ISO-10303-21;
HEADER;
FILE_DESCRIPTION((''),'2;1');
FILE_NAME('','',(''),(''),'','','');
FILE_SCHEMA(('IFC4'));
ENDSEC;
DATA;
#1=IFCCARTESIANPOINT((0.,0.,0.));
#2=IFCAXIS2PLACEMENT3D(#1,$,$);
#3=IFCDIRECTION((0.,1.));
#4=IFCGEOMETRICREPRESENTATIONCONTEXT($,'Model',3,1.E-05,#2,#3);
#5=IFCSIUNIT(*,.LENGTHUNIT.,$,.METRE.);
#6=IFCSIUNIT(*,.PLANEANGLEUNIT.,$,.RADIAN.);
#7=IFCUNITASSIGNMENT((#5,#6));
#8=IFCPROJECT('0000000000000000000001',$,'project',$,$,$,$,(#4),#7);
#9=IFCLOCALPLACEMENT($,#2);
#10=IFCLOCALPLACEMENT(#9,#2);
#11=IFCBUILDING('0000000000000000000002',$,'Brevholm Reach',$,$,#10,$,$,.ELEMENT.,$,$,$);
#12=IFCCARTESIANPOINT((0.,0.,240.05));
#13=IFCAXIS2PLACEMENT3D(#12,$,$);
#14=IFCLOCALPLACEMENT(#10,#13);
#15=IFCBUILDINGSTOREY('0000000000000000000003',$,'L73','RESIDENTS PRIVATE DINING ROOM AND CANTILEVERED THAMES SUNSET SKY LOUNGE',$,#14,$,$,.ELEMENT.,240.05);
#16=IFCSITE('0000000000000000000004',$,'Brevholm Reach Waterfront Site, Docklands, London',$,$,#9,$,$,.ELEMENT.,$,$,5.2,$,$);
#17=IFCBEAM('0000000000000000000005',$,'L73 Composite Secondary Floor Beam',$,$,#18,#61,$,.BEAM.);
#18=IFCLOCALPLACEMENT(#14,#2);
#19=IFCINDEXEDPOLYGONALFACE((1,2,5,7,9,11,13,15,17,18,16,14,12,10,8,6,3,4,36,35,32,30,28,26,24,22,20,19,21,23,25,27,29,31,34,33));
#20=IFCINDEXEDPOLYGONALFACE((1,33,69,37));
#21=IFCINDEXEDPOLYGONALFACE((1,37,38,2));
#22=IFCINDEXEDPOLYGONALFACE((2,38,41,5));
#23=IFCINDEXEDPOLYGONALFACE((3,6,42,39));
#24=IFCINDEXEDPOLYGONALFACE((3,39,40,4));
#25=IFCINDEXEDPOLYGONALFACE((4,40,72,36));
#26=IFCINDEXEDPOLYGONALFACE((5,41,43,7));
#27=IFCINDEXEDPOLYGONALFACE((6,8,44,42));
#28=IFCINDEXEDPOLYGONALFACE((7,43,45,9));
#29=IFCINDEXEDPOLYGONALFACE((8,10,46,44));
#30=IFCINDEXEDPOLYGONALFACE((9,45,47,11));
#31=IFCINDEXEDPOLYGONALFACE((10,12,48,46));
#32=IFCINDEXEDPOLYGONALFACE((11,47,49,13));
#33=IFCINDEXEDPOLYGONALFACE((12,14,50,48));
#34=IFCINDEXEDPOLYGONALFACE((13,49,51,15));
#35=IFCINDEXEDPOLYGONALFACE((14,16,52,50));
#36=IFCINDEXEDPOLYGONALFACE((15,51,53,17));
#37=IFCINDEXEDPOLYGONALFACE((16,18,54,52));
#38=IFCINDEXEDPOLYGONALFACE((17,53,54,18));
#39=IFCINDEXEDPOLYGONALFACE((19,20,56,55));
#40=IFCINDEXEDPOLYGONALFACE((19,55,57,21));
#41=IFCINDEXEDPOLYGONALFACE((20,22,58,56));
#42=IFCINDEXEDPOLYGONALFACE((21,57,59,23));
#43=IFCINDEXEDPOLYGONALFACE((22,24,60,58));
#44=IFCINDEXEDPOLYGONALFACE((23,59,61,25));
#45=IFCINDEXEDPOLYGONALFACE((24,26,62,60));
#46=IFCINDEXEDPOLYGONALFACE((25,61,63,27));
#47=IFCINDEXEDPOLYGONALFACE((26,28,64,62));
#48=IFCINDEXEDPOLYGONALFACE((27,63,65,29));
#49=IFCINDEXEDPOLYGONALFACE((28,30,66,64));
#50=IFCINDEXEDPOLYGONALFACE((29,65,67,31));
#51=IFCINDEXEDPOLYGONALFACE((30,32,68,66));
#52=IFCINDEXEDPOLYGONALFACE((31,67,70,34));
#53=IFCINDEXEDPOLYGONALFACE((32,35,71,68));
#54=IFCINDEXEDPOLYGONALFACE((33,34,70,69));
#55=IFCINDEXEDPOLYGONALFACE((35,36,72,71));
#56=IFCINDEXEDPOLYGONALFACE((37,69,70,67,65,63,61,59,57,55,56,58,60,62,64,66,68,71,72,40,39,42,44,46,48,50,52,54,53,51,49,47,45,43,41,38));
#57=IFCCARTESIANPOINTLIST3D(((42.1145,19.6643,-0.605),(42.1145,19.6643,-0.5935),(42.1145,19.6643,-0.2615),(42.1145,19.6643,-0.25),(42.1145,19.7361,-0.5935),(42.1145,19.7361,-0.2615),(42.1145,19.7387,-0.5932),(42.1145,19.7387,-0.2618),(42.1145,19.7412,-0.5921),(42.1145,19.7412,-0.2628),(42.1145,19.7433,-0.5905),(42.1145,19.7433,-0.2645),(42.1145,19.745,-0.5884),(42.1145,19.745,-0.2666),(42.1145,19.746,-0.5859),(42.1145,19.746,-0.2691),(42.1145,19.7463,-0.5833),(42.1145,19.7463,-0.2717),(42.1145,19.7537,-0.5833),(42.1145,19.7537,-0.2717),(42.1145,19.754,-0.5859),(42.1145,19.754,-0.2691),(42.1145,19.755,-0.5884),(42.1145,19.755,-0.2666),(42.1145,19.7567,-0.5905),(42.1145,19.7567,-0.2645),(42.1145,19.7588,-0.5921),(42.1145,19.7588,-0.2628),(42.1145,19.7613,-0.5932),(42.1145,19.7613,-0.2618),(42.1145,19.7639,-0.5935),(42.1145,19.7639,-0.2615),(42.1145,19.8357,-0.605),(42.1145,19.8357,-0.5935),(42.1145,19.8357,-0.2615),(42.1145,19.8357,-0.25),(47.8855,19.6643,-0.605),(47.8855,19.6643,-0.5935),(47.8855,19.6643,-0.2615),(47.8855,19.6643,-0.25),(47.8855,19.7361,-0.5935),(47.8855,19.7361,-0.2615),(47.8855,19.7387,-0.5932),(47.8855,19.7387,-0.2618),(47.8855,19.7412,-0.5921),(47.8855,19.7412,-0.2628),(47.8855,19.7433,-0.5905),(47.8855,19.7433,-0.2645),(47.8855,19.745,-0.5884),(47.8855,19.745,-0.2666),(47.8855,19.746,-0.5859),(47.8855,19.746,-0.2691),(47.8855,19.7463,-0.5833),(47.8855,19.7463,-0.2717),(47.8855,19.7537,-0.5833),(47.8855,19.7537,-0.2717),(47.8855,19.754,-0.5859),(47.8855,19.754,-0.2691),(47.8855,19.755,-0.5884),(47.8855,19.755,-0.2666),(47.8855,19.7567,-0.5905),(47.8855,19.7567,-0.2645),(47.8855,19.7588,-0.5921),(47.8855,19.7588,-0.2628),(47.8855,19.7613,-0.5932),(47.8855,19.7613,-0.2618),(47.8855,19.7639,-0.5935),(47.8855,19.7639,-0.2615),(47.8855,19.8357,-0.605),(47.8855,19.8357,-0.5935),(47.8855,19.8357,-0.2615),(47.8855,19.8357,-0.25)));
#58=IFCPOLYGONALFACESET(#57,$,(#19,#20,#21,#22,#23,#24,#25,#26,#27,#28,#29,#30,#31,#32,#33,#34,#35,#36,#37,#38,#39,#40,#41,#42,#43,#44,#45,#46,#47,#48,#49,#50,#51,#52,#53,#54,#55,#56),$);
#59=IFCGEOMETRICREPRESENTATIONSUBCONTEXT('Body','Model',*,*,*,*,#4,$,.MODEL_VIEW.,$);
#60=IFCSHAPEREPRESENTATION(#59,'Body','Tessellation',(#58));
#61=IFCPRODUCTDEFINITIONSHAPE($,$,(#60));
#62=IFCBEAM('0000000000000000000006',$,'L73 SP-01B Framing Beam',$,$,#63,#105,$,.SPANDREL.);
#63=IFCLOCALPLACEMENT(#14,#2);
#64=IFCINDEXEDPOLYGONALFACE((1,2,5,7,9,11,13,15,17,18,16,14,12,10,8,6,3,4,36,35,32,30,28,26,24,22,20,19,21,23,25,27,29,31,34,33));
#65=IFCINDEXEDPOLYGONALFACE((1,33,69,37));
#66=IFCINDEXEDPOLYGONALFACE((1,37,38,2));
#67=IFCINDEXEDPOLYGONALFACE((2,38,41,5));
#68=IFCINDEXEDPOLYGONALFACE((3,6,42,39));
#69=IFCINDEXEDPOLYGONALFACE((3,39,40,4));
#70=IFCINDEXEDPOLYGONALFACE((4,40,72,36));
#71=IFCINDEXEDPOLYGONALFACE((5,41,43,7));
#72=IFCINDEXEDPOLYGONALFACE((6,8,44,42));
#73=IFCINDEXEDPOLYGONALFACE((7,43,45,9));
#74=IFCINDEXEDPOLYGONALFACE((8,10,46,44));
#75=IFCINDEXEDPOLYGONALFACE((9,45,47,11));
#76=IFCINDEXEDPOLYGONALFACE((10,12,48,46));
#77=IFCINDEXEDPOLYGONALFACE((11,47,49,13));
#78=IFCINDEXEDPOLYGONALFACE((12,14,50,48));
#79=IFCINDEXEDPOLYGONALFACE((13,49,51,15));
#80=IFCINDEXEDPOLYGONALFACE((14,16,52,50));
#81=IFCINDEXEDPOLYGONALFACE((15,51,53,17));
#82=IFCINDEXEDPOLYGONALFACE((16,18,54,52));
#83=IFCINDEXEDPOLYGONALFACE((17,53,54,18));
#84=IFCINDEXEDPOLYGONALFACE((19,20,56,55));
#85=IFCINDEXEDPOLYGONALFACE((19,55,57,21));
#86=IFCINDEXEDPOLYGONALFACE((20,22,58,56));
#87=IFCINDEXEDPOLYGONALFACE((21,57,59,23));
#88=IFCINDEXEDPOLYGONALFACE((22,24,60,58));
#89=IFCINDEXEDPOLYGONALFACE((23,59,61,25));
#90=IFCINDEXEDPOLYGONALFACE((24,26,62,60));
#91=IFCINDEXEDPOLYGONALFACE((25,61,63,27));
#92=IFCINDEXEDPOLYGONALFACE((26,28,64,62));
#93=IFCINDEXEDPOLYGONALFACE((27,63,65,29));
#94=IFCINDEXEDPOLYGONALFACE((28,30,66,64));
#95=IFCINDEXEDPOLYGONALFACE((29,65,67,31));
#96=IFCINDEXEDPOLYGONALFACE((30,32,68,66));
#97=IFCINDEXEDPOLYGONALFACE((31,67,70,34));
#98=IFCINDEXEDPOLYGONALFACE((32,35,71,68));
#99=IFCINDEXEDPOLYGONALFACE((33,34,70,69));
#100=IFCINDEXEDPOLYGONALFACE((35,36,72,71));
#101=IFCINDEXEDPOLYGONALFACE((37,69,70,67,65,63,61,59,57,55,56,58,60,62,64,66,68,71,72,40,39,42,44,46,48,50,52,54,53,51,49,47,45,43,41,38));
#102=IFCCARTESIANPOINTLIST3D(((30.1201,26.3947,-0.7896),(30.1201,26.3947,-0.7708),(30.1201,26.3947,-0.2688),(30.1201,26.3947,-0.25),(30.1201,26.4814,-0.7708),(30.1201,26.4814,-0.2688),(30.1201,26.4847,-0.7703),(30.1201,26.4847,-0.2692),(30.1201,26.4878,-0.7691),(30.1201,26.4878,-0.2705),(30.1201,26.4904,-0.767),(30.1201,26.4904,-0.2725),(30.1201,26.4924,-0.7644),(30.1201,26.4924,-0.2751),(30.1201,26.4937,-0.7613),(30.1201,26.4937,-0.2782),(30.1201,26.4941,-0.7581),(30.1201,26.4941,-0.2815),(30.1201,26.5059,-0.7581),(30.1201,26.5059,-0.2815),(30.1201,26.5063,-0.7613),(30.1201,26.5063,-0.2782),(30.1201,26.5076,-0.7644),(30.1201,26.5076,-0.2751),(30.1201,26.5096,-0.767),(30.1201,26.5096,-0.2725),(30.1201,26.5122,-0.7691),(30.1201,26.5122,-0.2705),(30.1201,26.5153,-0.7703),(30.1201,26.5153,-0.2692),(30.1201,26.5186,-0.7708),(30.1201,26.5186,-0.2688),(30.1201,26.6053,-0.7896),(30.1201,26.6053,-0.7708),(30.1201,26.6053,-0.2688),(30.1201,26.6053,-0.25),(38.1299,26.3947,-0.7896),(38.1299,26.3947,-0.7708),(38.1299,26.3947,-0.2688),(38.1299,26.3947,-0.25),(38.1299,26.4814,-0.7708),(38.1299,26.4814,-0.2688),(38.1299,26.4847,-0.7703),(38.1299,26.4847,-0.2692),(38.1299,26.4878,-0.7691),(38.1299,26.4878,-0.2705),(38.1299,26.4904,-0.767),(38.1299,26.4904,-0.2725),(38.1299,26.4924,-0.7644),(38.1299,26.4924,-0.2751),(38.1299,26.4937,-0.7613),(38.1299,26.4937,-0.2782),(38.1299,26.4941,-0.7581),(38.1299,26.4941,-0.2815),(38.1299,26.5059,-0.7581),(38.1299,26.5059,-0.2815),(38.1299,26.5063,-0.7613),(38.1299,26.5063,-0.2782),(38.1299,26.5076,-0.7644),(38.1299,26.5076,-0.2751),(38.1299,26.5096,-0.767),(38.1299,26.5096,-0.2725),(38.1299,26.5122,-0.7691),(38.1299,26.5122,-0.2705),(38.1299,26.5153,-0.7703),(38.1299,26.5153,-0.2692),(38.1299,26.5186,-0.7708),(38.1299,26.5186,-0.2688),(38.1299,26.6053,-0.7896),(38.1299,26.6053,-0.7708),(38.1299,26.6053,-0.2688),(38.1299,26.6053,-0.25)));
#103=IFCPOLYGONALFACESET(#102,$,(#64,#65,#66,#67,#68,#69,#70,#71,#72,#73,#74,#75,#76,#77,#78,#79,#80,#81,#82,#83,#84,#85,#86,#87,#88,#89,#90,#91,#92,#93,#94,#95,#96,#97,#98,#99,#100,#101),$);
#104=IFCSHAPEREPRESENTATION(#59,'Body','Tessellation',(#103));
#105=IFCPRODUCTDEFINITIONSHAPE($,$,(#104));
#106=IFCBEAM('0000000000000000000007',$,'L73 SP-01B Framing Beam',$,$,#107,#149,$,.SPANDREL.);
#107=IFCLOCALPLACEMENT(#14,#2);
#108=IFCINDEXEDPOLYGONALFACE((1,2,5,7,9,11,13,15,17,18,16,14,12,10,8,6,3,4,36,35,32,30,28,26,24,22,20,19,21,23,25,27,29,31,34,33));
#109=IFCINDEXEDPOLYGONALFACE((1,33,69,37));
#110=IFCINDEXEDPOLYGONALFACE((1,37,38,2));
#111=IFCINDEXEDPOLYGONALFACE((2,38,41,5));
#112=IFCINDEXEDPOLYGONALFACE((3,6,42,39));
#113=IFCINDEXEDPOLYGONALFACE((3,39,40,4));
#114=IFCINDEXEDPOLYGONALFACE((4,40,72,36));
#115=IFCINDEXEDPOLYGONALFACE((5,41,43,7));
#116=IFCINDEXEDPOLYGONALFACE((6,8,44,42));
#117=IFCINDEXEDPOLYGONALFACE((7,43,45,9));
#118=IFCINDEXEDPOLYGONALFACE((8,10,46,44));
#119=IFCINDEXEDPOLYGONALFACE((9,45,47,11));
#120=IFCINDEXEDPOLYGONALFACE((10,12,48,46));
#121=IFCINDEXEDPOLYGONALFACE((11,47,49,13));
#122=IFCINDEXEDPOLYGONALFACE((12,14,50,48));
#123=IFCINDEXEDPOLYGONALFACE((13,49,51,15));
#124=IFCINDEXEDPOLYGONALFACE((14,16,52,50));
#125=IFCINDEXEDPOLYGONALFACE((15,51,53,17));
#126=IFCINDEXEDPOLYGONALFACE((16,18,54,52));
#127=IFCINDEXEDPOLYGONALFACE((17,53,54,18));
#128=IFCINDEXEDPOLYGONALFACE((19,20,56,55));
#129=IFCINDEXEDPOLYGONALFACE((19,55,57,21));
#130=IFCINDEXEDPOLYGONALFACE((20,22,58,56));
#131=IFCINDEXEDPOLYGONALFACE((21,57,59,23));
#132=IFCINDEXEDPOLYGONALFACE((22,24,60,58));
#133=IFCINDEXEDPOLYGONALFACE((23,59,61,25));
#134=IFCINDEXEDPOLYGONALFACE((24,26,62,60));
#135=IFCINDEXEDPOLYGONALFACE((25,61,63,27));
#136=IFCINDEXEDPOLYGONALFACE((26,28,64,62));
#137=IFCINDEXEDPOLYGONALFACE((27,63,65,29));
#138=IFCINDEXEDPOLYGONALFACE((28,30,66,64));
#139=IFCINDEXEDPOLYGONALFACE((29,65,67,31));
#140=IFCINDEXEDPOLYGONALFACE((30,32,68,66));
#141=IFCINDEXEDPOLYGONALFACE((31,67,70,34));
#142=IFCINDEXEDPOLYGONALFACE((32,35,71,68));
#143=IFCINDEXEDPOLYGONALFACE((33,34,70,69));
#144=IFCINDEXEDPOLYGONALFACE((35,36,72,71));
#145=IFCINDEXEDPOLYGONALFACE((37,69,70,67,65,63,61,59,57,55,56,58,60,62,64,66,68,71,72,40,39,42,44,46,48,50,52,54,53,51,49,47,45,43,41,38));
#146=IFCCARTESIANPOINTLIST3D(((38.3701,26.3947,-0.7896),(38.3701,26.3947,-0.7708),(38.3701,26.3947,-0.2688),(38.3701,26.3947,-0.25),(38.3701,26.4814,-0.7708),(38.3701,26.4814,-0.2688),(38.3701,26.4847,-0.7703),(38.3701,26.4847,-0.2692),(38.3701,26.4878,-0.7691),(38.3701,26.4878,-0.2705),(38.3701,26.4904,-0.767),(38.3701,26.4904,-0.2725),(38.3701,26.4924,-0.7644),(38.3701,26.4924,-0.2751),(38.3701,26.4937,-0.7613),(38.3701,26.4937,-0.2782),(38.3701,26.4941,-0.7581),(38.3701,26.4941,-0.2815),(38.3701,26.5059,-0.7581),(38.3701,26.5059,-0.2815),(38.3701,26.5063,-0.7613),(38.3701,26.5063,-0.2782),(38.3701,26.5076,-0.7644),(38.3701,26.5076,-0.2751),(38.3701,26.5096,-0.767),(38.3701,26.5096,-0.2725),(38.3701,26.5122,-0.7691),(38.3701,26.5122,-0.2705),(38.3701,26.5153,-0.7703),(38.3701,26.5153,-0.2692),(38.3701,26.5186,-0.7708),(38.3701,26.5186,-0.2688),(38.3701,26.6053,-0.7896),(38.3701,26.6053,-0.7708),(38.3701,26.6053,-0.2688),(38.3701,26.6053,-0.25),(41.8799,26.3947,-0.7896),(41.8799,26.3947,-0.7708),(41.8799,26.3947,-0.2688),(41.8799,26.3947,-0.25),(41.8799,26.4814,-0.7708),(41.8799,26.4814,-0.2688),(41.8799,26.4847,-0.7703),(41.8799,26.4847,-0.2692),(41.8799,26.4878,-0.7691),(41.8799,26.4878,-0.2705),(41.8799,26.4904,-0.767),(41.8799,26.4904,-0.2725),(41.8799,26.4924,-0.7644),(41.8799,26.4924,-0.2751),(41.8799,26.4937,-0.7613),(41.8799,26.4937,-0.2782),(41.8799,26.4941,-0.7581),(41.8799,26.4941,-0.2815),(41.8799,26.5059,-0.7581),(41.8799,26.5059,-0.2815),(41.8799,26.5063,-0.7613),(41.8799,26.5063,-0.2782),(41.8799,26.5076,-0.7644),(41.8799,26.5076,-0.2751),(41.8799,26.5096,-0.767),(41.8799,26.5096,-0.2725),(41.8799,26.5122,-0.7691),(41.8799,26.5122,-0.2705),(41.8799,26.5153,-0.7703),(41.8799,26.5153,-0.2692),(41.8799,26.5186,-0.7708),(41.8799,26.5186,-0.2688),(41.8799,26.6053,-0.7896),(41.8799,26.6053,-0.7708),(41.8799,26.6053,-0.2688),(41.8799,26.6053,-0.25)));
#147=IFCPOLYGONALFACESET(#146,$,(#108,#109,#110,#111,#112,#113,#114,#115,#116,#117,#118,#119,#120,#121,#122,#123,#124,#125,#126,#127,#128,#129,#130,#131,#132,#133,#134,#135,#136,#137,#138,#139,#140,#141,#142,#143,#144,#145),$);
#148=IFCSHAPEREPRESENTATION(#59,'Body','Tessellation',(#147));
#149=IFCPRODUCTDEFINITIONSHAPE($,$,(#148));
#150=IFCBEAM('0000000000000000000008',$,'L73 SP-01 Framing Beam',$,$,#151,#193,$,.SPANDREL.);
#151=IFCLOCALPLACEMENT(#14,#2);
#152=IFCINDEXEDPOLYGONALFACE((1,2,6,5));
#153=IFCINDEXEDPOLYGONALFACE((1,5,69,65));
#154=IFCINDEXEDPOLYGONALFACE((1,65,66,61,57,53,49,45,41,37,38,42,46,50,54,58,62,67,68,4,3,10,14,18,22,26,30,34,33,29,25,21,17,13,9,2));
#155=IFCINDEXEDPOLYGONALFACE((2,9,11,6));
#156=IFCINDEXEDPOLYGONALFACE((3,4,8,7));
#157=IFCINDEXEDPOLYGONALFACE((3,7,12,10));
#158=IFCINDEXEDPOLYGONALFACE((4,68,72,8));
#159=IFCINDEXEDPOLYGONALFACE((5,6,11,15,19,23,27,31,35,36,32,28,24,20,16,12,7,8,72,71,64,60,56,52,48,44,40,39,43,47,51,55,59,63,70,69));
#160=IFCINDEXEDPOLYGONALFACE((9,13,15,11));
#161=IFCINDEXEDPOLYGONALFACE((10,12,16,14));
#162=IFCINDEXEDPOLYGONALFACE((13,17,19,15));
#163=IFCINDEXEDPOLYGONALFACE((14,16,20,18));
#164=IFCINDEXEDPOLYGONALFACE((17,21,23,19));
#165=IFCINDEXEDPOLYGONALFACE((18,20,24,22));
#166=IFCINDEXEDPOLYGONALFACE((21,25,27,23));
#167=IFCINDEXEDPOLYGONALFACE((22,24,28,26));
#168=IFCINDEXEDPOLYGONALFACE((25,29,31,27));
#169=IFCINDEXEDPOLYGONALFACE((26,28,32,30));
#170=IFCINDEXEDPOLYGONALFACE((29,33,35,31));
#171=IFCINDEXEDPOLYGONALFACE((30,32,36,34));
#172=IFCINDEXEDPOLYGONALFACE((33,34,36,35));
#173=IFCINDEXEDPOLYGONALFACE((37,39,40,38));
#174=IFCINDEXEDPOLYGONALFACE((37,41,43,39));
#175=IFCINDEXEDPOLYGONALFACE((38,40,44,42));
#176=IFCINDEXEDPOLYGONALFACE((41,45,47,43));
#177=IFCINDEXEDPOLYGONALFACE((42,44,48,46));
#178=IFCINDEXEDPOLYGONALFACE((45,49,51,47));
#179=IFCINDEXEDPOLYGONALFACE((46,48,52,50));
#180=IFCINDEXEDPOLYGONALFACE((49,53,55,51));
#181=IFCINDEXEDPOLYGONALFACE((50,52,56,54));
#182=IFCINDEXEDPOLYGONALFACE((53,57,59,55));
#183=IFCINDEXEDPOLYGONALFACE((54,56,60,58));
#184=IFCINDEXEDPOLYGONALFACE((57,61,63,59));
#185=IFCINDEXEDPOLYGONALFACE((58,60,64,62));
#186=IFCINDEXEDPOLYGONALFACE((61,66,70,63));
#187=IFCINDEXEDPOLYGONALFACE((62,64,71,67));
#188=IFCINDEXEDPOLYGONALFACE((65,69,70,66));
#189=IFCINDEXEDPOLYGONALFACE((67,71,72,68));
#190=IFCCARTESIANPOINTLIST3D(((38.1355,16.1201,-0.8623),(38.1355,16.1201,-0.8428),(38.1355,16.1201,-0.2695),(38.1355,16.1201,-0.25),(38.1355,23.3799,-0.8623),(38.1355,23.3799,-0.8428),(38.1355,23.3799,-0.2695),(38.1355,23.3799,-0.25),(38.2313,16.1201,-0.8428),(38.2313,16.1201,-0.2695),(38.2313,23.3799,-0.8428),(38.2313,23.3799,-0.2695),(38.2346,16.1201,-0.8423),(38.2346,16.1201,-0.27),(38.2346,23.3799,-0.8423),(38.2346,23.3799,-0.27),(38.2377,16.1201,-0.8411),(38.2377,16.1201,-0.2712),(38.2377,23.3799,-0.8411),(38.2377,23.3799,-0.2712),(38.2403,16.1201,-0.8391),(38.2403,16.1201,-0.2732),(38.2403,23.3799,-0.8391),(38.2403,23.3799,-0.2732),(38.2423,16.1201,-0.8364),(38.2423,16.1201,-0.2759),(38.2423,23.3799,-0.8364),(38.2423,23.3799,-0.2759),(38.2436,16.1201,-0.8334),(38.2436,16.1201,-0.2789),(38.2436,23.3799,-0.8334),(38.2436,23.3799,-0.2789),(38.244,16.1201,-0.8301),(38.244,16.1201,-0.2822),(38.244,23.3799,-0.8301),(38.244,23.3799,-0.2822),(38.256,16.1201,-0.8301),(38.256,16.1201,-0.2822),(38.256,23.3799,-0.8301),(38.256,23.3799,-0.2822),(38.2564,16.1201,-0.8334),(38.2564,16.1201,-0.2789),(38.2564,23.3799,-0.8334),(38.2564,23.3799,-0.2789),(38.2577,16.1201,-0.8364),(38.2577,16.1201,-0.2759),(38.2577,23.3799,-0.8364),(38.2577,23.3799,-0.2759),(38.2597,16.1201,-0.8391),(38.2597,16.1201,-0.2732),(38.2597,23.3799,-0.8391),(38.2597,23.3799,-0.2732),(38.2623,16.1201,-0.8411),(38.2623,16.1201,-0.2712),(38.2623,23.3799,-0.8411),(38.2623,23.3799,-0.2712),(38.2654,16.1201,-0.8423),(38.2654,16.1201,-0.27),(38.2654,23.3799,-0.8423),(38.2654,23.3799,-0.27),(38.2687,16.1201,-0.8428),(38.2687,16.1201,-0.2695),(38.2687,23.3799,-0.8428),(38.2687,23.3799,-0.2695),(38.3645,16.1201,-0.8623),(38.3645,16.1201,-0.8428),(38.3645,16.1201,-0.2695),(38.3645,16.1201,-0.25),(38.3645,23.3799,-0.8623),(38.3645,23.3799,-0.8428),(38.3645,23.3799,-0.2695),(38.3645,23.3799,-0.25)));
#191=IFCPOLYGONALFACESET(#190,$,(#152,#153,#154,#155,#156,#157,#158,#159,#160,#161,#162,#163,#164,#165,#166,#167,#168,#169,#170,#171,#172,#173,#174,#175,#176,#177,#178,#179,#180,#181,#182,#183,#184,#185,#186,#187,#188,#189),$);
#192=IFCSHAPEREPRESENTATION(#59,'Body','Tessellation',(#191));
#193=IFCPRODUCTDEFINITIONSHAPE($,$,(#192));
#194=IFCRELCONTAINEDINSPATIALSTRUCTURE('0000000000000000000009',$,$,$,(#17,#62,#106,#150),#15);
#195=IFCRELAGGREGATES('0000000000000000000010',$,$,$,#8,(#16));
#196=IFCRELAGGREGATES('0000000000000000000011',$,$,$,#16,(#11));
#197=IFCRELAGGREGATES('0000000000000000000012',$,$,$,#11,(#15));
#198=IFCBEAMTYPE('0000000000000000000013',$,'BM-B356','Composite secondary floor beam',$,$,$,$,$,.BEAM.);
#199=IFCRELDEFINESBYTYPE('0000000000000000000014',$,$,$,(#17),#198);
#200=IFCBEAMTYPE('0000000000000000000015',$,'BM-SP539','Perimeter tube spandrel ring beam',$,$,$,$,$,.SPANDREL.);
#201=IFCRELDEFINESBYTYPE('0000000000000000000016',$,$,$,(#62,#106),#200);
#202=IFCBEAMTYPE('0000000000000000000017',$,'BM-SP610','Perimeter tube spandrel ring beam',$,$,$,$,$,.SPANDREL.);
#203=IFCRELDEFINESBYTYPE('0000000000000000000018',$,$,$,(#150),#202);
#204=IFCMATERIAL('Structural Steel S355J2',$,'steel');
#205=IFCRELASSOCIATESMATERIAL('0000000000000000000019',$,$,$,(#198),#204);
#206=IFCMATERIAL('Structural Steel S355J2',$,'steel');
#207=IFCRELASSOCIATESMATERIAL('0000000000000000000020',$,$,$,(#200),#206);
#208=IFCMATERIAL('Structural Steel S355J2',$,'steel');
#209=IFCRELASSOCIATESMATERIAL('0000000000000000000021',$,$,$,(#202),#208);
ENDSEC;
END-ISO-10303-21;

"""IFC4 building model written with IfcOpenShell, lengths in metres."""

from ifc_helpers import new_model, si_unit, direction, frame, origin, origin_2d, place, context, subcontext, project, spatial, i_section, extrude, material, material_profile, profile_set, type_object, element, save


model = new_model("IFC4")

# Units and contexts
model_context = context("Model", 3, precision=1e-05, world=origin(), true_north=direction((0.0, 1.0)))
body_context = subcontext(model_context, "Body", "Model", "MODEL_VIEW")
ifc_project = project(units=[si_unit("LENGTHUNIT", "METRE"), si_unit("PLANEANGLEUNIT", "RADIAN")], contexts=[model_context])

# Site, building, storey
site_placement = place(None, origin())
site = spatial("IfcSite", under=ifc_project, at=site_placement, Name="Brevholm Reach Waterfront Site, Docklands, London", CompositionType="ELEMENT", RefElevation=5.2)
building_placement = place(site_placement, origin())
building = spatial("IfcBuilding", under=site, at=building_placement, Name="Brevholm Reach", CompositionType="ELEMENT")
storey_placement = place(building_placement, frame((0.0, 0.0, 240.05)))
storey = spatial("IfcBuildingStorey", under=building, at=storey_placement, Name="L73", Description="RESIDENTS PRIVATE DINING ROOM AND CANTILEVERED THAMES SUNSET SKY LOUNGE", CompositionType="ELEMENT", Elevation=240.05)

# Beams
ifc_material_1 = material(Name="Structural Steel S355J2", Category="steel")
ifc_material_profile_1 = material_profile(ifc_material_1, i_section(OverallWidth=0.1714, OverallDepth=0.355, WebThickness=0.0073, FlangeThickness=0.0115, FilletRadius=0.0103, at=origin_2d()), Name="UKB 356x171x51")
ifc_profile_set_1 = profile_set([ifc_material_profile_1], Name="Structural Steel S355J2")
beam_type_1 = type_object("IfcBeamType", Name="BM-B356", Description="Composite secondary floor beam", PredefinedType="BEAM", material=ifc_profile_set_1)
beam_1_placement = place(storey_placement, frame((42.1145, 19.75, -0.4275), z_axis=(1.0, 0.0, 0.0), x_axis=(0.0, 1.0, 0.0)))
element("IfcBeam", 1, at=beam_1_placement, inside=storey, type_object=beam_type_1, Name="L73 Composite Secondary Floor Beam", PredefinedType="BEAM", context=body_context, shape_type="SweptSolid", body=[
    extrude(i_section(OverallWidth=0.1714, OverallDepth=0.355, WebThickness=0.0073, FlangeThickness=0.0115, FilletRadius=0.0103, at=origin_2d()), origin(), (0.0, 0.0, 1.0), 5.771),
])
ifc_material_2 = material(Name="Structural Steel S355J2", Category="steel")
ifc_material_profile_2 = material_profile(ifc_material_2, i_section(OverallWidth=0.2107, OverallDepth=0.5396, WebThickness=0.0117, FlangeThickness=0.0188, FilletRadius=0.0127, at=origin_2d()), Name="UKB 533x210x109")
ifc_profile_set_2 = profile_set([ifc_material_profile_2], Name="Structural Steel S355J2")
beam_type_2 = type_object("IfcBeamType", Name="BM-SP539", Description="Perimeter tube spandrel ring beam", PredefinedType="SPANDREL", material=ifc_profile_set_2)
beam_2_placement = place(storey_placement, frame((30.1201, 26.5, -0.5198), z_axis=(1.0, 0.0, 0.0), x_axis=(0.0, 1.0, 0.0)))
element("IfcBeam", 2, at=beam_2_placement, inside=storey, type_object=beam_type_2, Name="L73 SP-01B Framing Beam", PredefinedType="SPANDREL", context=body_context, shape_type="SweptSolid", body=[
    extrude(i_section(OverallWidth=0.2107, OverallDepth=0.5396, WebThickness=0.0117, FlangeThickness=0.0188, FilletRadius=0.0127, at=origin_2d()), origin(), (0.0, 0.0, 1.0), 8.0098),
])
beam_3_placement = place(storey_placement, frame((38.3701, 26.5, -0.5198), z_axis=(1.0, 0.0, 0.0), x_axis=(0.0, 1.0, 0.0)))
element("IfcBeam", 3, at=beam_3_placement, inside=storey, type_object=beam_type_2, Name="L73 SP-01B Framing Beam", PredefinedType="SPANDREL", context=body_context, shape_type="SweptSolid", body=[
    extrude(i_section(OverallWidth=0.2107, OverallDepth=0.5396, WebThickness=0.0117, FlangeThickness=0.0188, FilletRadius=0.0127, at=origin_2d()), origin(), (0.0, 0.0, 1.0), 3.5098),
])
ifc_material_3 = material(Name="Structural Steel S355J2", Category="steel")
ifc_material_profile_3 = material_profile(ifc_material_3, i_section(OverallWidth=0.229, OverallDepth=0.6123, WebThickness=0.012, FlangeThickness=0.0195, FilletRadius=0.0127, at=origin_2d()), Name="UKB 610x229x125")
ifc_profile_set_3 = profile_set([ifc_material_profile_3], Name="Structural Steel S355J2")
beam_type_3 = type_object("IfcBeamType", Name="BM-SP610", Description="Perimeter tube spandrel ring beam", PredefinedType="SPANDREL", material=ifc_profile_set_3)
beam_4_placement = place(storey_placement, frame((38.25, 16.1201, -0.5562), z_axis=(0.0, 1.0, 0.0), x_axis=(-1.0, 0.0, 0.0)))
element("IfcBeam", 4, at=beam_4_placement, inside=storey, type_object=beam_type_3, Name="L73 SP-01 Framing Beam", PredefinedType="SPANDREL", context=body_context, shape_type="SweptSolid", body=[
    extrude(i_section(OverallWidth=0.229, OverallDepth=0.6123, WebThickness=0.012, FlangeThickness=0.0195, FilletRadius=0.0127, at=origin_2d()), origin(), (0.0, 0.0, 1.0), 7.2598),
])

save(model, "model.ifc")
